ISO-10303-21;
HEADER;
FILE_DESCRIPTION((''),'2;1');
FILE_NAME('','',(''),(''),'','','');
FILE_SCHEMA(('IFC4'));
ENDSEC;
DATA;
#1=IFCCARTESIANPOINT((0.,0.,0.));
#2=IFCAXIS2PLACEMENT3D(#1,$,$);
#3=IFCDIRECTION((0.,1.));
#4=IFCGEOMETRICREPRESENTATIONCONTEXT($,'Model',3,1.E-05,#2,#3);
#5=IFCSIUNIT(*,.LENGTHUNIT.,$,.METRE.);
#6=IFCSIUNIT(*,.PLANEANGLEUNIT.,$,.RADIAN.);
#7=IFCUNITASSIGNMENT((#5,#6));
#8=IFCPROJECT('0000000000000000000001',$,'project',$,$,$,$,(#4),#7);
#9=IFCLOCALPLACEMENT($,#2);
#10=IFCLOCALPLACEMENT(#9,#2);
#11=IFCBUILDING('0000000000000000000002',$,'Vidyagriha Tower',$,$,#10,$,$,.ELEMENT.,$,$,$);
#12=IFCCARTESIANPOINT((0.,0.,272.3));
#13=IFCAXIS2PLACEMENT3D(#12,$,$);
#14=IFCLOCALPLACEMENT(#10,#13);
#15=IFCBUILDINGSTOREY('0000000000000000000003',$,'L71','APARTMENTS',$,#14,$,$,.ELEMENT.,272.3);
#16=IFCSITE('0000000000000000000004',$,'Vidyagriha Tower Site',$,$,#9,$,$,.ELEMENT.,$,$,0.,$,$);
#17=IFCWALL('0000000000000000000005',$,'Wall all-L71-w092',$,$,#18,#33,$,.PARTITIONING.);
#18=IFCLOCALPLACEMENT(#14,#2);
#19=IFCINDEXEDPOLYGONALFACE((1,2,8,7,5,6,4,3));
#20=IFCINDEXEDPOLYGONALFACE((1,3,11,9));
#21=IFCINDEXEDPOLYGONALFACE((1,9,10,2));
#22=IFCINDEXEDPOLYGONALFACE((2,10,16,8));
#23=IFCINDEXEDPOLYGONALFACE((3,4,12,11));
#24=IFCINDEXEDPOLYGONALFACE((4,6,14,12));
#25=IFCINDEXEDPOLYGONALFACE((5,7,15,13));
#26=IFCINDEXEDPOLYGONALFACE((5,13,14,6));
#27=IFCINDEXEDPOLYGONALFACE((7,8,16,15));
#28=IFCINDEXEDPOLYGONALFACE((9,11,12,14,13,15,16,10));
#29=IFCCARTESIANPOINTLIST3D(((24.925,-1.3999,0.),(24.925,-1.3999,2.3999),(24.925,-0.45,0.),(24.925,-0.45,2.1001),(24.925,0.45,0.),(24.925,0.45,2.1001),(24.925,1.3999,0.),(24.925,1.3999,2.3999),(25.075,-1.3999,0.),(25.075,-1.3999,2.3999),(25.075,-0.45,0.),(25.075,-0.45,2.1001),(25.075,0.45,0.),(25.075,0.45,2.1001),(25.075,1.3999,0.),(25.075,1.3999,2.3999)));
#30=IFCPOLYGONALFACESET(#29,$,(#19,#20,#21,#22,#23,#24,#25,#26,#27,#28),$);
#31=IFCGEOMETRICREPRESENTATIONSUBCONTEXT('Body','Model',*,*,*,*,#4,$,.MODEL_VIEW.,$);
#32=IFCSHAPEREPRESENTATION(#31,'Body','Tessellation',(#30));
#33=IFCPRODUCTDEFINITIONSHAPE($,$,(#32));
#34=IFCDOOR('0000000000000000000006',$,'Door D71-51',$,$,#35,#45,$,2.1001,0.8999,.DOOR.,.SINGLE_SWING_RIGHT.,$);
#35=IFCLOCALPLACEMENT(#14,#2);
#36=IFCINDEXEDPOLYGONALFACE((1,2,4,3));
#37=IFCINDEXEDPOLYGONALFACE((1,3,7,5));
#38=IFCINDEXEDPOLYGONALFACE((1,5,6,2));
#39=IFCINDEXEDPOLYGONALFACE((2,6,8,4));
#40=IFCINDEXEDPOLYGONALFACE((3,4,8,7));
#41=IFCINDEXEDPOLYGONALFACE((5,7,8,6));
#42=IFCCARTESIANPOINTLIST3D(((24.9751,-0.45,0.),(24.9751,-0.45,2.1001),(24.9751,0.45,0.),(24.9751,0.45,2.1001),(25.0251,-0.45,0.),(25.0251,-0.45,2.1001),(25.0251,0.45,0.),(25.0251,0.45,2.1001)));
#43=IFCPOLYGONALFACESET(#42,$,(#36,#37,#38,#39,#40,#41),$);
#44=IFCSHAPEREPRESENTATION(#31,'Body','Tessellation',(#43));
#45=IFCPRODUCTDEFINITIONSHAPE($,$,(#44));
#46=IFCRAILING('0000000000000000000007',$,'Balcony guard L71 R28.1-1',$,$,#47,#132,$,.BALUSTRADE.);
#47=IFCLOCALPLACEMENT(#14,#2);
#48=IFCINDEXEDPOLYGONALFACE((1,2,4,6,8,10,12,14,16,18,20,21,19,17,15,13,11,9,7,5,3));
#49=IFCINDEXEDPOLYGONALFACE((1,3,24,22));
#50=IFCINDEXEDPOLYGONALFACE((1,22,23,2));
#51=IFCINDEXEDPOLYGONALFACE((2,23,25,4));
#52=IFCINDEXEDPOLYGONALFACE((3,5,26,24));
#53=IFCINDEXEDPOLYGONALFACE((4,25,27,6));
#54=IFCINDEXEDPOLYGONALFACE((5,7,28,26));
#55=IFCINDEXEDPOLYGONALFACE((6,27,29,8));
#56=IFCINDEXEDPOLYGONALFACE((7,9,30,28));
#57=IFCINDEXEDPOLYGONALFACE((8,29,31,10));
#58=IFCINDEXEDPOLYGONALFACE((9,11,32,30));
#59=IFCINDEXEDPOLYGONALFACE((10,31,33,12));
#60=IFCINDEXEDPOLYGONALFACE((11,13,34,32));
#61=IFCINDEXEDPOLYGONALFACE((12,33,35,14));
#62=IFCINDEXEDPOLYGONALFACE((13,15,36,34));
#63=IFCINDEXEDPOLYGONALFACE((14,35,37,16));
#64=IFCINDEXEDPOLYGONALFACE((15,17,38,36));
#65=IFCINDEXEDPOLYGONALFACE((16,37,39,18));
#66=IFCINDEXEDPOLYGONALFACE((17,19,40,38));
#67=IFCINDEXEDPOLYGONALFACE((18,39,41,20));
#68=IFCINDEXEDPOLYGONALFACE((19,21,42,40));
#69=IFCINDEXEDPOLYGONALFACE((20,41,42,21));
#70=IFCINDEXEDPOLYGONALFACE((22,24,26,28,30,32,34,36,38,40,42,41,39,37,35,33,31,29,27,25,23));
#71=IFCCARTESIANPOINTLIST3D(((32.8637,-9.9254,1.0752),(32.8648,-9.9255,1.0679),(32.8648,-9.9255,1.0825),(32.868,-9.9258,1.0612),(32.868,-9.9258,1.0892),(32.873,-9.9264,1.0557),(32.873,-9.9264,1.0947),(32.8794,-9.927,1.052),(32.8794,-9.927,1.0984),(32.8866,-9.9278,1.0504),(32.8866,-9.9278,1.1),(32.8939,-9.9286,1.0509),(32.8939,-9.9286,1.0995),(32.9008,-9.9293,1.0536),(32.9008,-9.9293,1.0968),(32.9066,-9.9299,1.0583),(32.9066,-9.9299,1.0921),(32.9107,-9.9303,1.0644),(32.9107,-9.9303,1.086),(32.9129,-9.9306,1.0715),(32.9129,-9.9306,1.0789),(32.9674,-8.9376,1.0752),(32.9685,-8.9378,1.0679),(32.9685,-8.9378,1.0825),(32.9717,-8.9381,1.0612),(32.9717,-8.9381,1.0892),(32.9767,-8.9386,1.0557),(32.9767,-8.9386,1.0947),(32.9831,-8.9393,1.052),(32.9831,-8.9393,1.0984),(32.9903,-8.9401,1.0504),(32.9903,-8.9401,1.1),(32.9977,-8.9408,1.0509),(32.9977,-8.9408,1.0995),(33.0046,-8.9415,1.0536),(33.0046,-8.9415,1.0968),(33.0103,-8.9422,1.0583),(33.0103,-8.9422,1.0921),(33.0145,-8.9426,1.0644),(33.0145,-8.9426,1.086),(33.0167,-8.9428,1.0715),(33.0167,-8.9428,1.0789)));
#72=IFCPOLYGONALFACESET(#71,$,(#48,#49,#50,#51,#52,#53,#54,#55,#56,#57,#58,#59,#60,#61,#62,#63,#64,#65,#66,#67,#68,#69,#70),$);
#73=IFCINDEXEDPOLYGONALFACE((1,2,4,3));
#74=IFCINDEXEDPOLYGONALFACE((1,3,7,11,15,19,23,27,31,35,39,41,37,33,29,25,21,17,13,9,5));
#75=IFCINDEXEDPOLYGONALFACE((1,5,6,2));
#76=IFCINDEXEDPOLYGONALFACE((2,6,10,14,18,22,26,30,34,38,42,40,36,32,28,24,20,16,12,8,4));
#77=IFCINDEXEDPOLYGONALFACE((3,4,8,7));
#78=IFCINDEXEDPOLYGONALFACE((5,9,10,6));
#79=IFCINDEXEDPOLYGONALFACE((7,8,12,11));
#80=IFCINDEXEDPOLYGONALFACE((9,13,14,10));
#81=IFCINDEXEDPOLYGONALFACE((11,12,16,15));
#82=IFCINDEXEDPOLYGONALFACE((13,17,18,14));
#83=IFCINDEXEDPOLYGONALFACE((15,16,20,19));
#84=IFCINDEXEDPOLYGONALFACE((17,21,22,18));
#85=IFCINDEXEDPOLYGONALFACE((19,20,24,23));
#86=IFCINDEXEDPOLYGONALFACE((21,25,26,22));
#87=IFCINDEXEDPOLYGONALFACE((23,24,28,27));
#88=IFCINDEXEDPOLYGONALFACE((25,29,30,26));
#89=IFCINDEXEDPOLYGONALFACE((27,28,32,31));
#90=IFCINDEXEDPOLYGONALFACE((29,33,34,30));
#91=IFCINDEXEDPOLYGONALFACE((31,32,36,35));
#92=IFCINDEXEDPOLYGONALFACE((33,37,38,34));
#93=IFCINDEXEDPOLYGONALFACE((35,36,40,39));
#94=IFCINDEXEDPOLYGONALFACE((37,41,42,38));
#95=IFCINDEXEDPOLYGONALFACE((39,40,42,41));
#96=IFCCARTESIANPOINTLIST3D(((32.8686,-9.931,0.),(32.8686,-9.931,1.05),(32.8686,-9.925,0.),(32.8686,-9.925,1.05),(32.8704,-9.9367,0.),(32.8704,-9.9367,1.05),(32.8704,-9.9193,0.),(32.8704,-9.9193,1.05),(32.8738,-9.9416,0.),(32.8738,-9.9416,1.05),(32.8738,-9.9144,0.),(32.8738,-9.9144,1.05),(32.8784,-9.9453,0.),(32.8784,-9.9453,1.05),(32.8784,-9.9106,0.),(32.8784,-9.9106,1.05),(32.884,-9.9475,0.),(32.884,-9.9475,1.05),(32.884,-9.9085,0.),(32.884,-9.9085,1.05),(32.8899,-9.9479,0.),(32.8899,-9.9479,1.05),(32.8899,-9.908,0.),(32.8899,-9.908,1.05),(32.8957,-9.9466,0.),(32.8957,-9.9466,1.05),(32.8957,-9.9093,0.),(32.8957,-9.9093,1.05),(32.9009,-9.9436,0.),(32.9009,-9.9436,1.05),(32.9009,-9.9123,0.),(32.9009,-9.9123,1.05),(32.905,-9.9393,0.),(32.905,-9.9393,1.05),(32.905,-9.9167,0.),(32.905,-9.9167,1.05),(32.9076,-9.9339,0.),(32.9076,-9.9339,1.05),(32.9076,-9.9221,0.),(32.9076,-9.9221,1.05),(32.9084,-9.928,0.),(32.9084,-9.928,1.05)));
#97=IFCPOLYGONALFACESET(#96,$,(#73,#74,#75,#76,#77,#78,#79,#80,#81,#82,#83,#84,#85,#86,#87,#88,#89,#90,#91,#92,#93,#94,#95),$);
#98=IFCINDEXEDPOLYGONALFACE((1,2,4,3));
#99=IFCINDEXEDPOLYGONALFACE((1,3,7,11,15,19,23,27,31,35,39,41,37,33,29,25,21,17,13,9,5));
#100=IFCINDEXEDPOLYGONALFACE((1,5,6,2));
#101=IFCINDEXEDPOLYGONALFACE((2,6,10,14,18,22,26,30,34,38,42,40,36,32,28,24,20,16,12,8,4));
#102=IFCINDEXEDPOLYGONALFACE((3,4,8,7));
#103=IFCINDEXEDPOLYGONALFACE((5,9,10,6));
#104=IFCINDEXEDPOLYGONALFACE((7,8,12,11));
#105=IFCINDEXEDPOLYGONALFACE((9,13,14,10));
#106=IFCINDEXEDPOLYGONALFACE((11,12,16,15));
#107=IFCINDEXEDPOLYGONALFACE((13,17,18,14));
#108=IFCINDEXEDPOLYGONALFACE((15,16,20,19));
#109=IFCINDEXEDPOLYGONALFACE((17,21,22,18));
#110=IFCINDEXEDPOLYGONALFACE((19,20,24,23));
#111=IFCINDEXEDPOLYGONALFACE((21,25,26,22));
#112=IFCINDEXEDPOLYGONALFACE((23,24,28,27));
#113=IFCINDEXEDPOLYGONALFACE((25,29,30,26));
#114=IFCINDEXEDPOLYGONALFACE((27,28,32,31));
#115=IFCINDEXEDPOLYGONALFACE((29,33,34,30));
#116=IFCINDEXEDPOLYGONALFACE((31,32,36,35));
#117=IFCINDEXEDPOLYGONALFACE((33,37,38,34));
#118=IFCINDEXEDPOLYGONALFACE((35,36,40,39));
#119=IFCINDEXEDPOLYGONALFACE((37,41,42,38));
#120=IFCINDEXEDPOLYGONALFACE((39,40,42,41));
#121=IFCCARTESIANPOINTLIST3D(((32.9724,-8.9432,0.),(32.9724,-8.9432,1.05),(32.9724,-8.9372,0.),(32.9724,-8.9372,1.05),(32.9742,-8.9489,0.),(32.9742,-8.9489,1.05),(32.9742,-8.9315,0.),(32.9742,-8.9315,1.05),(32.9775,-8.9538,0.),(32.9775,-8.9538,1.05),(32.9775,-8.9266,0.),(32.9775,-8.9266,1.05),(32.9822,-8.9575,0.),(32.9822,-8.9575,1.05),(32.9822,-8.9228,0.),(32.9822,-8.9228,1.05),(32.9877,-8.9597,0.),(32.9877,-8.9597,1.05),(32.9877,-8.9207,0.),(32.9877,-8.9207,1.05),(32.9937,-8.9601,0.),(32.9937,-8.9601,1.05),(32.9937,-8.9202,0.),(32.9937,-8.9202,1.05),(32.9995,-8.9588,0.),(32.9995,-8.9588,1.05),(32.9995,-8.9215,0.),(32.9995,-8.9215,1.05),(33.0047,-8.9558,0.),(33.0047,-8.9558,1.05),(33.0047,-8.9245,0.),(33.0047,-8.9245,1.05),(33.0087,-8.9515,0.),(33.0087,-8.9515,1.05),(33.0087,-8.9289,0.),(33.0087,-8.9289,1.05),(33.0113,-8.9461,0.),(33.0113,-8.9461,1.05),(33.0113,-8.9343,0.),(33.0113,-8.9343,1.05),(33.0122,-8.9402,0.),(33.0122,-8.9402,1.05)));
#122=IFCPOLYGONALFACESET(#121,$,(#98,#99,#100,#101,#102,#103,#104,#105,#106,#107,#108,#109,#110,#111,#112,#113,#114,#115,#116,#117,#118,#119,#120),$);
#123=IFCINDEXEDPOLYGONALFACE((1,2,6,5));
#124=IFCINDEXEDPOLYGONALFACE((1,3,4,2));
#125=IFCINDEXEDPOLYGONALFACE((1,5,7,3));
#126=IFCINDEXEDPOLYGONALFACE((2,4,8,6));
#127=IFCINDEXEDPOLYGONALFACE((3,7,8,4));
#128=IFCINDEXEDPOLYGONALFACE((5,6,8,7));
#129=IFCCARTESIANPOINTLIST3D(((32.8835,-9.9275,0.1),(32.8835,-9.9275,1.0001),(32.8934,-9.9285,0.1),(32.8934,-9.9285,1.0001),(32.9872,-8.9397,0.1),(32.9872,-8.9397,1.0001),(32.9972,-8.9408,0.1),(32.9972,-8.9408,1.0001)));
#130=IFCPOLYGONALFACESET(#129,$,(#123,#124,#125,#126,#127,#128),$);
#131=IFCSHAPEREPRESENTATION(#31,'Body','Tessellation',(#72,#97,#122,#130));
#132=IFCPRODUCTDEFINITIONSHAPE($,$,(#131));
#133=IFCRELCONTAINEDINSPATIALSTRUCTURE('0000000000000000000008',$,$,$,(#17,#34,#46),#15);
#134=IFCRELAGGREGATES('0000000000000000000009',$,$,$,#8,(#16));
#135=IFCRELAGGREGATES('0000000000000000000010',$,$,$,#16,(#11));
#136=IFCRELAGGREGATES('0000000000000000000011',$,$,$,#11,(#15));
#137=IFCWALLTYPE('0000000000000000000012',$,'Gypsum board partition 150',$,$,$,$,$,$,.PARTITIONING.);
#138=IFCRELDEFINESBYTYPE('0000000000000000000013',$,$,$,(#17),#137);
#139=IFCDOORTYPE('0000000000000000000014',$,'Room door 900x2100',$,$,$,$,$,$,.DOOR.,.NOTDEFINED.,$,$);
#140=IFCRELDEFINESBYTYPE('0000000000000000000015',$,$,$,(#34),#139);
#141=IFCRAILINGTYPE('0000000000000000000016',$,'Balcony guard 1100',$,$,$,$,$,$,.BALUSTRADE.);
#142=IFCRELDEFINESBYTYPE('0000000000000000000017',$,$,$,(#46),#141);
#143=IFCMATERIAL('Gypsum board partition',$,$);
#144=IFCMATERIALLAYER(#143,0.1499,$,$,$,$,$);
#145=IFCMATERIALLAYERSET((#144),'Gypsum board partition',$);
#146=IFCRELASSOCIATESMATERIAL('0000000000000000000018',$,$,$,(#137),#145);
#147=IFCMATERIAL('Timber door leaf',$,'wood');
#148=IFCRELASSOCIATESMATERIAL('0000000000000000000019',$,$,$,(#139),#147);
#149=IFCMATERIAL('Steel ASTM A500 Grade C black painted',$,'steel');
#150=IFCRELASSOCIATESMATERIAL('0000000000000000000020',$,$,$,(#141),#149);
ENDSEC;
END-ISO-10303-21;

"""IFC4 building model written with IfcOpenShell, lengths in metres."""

from ifc_helpers import new_model, si_unit, direction, frame, frame_2d, origin, origin_2d, place, context, subcontext, project, spatial, rectangle, circle, extrude, material, layer, layer_set, type_object, element, fill, save


model = new_model("IFC4")

# Units and contexts
model_context = context("Model", 3, precision=1e-05, world=origin(), true_north=direction((0.0, 1.0)))
body_context = subcontext(model_context, "Body", "Model", "MODEL_VIEW")
ifc_project = project(units=[si_unit("LENGTHUNIT", "METRE"), si_unit("PLANEANGLEUNIT", "RADIAN")], contexts=[model_context])

# Site, building, storey
site_placement = place(None, origin())
site = spatial("IfcSite", under=ifc_project, at=site_placement, Name="Vidyagriha Tower Site", CompositionType="ELEMENT", RefElevation=0.0)
building_placement = place(site_placement, origin())
building = spatial("IfcBuilding", under=site, at=building_placement, Name="Vidyagriha Tower", CompositionType="ELEMENT")
storey_placement = place(building_placement, frame((0.0, 0.0, 272.3)))
storey = spatial("IfcBuildingStorey", under=building, at=storey_placement, Name="L71", Description="APARTMENTS", CompositionType="ELEMENT", Elevation=272.3)

# Shared definitions
ifc_material_1 = material(Name="Gypsum board partition")
ifc_layer_1 = layer(ifc_material_1, 0.1499)
ifc_layer_set_1 = layer_set([ifc_layer_1], Name="Gypsum board partition")
wall_type_1 = type_object("IfcWallType", Name="Gypsum board partition 150", PredefinedType="PARTITIONING", material=ifc_layer_set_1)
ifc_material_2 = material(Name="Timber door leaf", Category="wood")
door_type_1 = type_object("IfcDoorType", Name="Room door 900x2100", OperationType="NOTDEFINED", PredefinedType="DOOR", material=ifc_material_2)

# Wall, opening, door
wall_1_placement = place(storey_placement, frame((25.0, -1.3999, 0.0), z_axis=(0.0, 0.0, 1.0), x_axis=(0.0, 1.0, 0.0)))
wall_1 = element("IfcWall", 1, at=wall_1_placement, inside=storey, type_object=wall_type_1, Name="Wall all-L71-w092", PredefinedType="PARTITIONING", context=body_context, shape_type="SweptSolid", body=[
    extrude(rectangle(XDim=2.7998, YDim=0.1499, at=frame_2d((1.3999, 0.0))), origin(), (0.0, 0.0, 1.0), 2.3999),
])
opening_1_placement = place(wall_1_placement, frame((0.95, 0.0, 0.0)))
opening_1 = element("IfcOpeningElement", 2, at=opening_1_placement, cuts=wall_1, PredefinedType="OPENING", context=body_context, shape_type="SweptSolid", body=[
    extrude(rectangle(XDim=0.8999, YDim=2.1001, at=frame_2d((0.45, 1.05))), frame((0.0, 0.085, 0.0), z_axis=(0.0, -1.0, 0.0), x_axis=(1.0, 0.0, 0.0)), (0.0, 0.0, 1.0), 0.1699),
])
door_1_placement = place(opening_1_placement, origin())
door_1 = element("IfcDoor", 3, at=door_1_placement, inside=storey, type_object=door_type_1, Name="Door D71-51", OperationType="SINGLE_SWING_RIGHT", OverallHeight=2.1001, OverallWidth=0.8999, PredefinedType="DOOR", context=body_context, shape_type="SweptSolid", body=[
    extrude(rectangle(XDim=0.8999, YDim=2.1001, at=frame_2d((0.45, 1.05))), frame((0.0, 0.0249, 0.0), z_axis=(0.0, -1.0, 0.0), x_axis=(1.0, 0.0, 0.0)), (0.0, 0.0, 1.0), 0.05),
])
fill(opening_1, door_1)

# Railing
ifc_material_3 = material(Name="Steel ASTM A500 Grade C black painted", Category="steel")
railing_type_1 = type_object("IfcRailingType", Name="Balcony guard 1100", PredefinedType="BALUSTRADE", material=ifc_material_3)
railing_1_placement = place(storey_placement, frame((32.8884, -9.928, 0.0)))
element("IfcRailing", 4, at=railing_1_placement, inside=storey, type_object=railing_type_1, Name="Balcony guard L71 R28.1-1", PredefinedType="BALUSTRADE", context=body_context, shape_type="SweptSolid", body=[
    extrude(circle(Radius=0.0249, at=origin_2d()), frame((0.0, 0.0, 1.0752), z_axis=(0.104467, 0.994528, 0.0), x_axis=(-0.994528, 0.104467, 0.0)), (0.0, 0.0, 1.0), 0.9932),
    extrude(circle(Radius=0.02, at=origin_2d()), origin(), (0.0, 0.0, 1.0), 1.05),
    extrude(circle(Radius=0.02, at=origin_2d()), frame((0.1038, 0.9878, 0.0)), (0.0, 0.0, 1.0), 1.05),
    extrude(rectangle(XDim=0.01, YDim=0.9001, at=origin_2d()), frame((0.0, 0.0, 0.55), z_axis=(0.104467, 0.994528, 0.0), x_axis=(-0.994528, 0.104467, 0.0)), (0.0, 0.0, 1.0), 0.9932),
])

save(model, "model.ifc")
